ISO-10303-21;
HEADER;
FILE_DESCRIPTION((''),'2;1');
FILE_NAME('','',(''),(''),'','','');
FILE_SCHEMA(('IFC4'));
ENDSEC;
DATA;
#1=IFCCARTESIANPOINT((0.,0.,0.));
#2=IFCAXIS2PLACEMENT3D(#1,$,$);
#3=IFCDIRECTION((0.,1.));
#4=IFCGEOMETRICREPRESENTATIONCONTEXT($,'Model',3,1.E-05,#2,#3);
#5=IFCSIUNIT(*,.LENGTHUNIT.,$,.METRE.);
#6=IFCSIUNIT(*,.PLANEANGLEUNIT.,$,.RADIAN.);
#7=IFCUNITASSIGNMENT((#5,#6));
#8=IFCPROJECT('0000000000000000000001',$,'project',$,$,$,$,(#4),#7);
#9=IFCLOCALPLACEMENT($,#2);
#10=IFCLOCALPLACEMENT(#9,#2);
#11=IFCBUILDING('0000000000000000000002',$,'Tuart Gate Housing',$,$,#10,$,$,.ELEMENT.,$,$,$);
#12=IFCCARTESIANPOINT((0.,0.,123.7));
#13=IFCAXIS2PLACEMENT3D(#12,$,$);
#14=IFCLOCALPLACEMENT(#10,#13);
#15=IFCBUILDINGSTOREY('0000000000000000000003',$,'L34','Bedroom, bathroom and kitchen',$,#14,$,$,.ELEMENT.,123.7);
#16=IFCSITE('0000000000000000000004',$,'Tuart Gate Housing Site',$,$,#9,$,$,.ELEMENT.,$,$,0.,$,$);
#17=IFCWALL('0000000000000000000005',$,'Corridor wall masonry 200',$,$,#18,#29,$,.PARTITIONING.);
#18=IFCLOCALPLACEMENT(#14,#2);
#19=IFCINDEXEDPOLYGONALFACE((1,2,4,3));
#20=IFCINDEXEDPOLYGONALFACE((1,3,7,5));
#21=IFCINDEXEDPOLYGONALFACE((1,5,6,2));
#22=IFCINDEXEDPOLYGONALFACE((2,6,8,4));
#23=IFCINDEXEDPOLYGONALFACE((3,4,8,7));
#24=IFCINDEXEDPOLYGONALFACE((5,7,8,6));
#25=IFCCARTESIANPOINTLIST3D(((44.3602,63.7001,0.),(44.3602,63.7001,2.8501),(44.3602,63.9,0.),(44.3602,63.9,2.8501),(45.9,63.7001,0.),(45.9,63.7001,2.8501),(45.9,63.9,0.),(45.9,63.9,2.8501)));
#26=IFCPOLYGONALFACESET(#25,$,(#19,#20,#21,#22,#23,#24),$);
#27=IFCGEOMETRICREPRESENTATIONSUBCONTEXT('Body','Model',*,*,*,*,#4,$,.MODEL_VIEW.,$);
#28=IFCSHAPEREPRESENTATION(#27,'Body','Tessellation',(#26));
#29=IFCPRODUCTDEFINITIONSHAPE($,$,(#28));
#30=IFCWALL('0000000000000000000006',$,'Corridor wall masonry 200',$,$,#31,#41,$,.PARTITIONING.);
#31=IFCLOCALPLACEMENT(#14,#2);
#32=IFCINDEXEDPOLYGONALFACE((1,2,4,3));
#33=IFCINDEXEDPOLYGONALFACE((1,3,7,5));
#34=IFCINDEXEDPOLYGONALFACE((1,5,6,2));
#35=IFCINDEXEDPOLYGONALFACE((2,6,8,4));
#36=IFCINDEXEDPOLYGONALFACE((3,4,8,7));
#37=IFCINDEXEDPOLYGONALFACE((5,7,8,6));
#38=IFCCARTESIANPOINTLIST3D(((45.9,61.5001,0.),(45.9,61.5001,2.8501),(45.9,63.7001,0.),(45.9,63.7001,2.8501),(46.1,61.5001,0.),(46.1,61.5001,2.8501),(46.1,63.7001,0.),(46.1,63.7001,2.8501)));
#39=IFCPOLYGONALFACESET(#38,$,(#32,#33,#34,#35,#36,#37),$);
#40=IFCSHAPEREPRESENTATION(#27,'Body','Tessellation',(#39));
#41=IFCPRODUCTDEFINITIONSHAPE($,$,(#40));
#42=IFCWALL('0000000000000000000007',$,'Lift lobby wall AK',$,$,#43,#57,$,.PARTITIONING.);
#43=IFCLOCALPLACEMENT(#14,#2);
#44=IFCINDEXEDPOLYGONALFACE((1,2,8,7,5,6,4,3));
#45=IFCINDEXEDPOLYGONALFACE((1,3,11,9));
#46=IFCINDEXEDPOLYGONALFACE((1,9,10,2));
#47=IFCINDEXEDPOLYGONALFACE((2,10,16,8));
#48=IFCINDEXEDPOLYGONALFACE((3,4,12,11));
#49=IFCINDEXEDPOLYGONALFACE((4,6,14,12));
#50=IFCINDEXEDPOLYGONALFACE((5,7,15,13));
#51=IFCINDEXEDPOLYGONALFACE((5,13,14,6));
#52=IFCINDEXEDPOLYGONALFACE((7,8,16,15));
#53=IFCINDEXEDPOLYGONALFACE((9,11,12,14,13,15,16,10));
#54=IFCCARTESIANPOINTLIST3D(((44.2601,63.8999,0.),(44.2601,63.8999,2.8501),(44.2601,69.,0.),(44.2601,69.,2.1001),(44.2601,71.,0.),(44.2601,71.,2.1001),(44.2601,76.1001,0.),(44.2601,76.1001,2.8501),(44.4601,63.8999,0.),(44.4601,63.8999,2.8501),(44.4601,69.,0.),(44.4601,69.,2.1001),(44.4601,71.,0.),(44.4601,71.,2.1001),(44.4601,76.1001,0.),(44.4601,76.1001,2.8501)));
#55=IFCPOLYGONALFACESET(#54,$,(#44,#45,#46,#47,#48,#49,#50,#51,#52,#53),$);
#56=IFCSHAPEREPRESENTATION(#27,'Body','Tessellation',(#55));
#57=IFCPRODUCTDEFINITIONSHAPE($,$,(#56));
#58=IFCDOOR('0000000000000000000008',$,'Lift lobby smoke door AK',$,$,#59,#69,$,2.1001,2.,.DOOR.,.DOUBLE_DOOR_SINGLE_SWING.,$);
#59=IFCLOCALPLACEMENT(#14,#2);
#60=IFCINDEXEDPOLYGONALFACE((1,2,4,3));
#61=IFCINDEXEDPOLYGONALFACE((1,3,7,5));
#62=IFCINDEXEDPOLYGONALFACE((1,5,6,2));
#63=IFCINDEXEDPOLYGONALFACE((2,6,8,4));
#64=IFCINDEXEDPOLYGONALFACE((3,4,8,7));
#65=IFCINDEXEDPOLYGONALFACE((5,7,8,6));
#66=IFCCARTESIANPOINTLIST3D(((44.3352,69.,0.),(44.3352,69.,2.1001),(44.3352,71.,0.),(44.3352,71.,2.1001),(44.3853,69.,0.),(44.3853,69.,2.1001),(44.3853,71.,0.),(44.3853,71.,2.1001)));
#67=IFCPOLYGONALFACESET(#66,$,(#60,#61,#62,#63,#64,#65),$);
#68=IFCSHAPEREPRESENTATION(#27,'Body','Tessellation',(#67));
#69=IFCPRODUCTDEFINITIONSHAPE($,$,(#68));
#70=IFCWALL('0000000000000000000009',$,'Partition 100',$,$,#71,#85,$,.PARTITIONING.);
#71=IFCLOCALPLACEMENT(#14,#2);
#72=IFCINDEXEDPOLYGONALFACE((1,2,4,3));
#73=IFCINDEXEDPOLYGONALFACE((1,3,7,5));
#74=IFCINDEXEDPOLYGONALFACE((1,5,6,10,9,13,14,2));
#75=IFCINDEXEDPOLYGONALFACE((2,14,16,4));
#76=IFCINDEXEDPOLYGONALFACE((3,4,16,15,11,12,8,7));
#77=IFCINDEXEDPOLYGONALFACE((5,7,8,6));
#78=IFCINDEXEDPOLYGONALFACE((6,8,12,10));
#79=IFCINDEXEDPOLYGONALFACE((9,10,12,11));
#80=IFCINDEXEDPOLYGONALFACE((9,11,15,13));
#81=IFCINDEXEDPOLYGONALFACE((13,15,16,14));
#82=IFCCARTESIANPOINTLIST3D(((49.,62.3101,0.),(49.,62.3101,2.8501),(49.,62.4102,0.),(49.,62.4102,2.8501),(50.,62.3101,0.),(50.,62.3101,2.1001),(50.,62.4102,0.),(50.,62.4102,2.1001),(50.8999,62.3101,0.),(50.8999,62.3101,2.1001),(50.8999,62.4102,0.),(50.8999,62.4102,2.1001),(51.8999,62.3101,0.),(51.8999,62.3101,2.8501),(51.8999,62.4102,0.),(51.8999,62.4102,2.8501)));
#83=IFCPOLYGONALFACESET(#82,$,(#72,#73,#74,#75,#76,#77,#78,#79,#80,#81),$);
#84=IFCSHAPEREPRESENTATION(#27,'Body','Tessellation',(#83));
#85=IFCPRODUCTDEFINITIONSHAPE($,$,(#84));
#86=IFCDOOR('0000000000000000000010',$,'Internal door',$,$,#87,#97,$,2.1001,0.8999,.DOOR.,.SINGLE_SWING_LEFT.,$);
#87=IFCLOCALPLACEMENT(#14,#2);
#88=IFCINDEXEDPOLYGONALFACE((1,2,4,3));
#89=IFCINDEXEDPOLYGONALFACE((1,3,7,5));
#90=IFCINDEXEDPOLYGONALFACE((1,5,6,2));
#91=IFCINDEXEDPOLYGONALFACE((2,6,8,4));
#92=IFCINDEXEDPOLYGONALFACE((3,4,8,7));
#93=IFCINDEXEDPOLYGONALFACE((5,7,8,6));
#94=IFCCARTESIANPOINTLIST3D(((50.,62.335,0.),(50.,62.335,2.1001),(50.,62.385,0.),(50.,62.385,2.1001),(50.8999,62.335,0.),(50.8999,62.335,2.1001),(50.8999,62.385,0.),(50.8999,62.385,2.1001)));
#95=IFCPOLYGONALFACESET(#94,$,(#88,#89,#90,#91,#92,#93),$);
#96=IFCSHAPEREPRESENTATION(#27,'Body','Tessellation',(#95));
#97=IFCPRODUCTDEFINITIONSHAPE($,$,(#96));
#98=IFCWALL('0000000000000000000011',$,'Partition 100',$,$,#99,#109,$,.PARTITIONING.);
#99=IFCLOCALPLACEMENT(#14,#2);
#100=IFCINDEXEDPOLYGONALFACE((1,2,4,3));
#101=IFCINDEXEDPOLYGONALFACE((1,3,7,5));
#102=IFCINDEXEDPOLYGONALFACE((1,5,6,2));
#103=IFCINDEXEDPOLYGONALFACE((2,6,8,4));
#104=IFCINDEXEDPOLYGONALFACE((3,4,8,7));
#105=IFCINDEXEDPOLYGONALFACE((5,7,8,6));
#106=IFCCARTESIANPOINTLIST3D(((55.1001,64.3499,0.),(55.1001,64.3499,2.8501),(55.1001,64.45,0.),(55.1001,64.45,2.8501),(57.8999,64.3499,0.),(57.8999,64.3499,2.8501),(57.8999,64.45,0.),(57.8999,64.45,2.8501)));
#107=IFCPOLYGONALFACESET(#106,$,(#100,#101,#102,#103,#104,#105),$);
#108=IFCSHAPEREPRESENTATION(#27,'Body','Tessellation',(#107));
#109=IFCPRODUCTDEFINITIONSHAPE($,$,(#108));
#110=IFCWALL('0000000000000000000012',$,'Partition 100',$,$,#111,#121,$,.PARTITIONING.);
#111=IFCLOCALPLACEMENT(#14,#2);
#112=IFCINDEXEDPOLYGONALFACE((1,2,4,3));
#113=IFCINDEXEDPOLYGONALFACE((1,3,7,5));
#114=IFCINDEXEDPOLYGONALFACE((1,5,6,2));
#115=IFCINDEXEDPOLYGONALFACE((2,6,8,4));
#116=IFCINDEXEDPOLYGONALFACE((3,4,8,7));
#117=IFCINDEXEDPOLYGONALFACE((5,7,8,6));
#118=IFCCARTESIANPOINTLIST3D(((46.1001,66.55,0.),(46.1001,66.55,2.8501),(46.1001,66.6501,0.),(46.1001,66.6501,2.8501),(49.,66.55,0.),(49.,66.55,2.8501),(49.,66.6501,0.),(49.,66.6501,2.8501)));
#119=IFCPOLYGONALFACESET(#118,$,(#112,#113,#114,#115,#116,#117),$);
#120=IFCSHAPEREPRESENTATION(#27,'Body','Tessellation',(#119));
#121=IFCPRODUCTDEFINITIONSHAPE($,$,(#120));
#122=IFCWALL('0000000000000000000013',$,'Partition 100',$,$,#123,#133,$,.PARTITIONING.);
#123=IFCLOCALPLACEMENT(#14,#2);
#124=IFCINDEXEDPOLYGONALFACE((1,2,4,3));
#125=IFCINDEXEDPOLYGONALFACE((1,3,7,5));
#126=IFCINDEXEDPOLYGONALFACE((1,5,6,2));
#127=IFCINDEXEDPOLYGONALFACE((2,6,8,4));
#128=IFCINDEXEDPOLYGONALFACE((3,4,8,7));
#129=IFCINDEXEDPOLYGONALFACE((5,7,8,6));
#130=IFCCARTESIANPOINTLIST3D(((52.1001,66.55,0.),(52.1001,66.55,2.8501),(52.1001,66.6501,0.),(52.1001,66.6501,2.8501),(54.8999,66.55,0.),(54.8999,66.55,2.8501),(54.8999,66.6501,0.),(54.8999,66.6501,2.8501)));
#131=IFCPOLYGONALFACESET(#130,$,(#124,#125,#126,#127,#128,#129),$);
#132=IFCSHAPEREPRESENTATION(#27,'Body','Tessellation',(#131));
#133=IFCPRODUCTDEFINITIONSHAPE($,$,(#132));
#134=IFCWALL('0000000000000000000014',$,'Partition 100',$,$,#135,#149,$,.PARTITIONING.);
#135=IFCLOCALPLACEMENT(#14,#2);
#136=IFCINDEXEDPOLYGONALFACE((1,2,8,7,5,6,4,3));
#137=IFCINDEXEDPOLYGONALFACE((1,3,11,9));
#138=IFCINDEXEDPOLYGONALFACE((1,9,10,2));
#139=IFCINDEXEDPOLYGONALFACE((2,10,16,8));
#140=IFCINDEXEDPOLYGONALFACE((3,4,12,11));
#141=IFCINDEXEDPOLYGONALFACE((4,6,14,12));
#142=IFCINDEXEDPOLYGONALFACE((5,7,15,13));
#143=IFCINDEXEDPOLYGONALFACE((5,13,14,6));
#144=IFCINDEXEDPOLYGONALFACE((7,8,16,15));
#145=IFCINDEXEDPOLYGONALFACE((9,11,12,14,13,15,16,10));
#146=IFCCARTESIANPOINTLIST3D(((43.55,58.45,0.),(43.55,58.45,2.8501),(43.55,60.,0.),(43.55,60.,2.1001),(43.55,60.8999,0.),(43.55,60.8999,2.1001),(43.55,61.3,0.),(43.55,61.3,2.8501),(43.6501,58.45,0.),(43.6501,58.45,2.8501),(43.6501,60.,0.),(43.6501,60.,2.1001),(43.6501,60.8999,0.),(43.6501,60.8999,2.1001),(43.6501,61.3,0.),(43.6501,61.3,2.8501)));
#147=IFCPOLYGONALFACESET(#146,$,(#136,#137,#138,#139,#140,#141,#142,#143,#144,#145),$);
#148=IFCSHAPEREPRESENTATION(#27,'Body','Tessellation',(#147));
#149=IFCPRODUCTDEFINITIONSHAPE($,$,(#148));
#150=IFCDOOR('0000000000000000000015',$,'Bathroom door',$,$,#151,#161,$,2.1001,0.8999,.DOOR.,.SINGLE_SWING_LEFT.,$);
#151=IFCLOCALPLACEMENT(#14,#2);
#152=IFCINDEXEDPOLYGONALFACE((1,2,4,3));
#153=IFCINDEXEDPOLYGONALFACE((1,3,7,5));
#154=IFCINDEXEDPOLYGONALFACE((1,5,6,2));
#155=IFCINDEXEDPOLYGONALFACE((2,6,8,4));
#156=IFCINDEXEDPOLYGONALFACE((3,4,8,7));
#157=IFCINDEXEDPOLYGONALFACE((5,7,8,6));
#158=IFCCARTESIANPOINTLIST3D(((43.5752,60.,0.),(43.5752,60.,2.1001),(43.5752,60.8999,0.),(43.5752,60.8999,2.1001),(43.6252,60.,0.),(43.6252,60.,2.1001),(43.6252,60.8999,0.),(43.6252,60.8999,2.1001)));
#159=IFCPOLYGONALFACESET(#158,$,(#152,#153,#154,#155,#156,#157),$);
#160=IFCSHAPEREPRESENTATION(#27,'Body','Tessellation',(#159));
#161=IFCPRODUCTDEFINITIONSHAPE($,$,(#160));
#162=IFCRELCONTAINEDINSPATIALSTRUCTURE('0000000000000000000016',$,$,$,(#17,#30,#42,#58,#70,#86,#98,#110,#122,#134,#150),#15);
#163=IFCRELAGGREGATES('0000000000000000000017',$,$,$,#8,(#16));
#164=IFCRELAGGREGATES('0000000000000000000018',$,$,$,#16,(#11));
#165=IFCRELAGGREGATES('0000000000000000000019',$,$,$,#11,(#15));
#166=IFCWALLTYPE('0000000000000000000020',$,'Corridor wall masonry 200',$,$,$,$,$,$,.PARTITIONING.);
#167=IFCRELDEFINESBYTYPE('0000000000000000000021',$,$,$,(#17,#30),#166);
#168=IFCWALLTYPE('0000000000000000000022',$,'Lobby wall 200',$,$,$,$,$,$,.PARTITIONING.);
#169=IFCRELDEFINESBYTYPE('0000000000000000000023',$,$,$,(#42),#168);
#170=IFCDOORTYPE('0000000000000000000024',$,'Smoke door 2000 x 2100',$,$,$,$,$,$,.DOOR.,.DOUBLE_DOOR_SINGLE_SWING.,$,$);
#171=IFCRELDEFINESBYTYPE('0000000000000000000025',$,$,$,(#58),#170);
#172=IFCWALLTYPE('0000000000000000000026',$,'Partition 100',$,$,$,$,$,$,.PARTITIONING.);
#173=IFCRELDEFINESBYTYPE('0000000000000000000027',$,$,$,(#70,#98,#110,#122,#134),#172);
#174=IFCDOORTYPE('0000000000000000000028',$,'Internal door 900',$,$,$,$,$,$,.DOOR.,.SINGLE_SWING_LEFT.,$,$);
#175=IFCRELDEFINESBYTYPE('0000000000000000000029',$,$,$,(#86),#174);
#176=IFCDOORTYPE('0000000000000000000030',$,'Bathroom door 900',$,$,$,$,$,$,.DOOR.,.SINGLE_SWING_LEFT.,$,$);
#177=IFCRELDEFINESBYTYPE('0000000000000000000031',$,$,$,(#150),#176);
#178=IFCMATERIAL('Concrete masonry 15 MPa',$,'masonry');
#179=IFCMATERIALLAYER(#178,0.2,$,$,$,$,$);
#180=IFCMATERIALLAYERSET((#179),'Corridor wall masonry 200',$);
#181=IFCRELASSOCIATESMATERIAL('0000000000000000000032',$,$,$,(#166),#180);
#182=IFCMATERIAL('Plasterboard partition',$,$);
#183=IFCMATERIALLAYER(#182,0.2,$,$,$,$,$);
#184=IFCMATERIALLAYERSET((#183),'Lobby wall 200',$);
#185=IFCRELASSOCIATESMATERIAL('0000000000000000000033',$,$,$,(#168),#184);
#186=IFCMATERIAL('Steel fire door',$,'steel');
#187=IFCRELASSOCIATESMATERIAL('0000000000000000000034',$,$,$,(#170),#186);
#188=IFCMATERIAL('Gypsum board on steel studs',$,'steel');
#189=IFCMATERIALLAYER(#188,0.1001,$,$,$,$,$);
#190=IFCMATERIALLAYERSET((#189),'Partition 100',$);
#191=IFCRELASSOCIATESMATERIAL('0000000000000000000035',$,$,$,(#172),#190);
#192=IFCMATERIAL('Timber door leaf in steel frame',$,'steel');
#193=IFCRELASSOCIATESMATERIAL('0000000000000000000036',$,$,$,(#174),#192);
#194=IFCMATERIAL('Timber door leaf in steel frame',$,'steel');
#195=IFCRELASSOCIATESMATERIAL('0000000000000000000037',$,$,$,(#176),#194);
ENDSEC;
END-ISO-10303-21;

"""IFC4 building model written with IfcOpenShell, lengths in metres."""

from ifc_helpers import new_model, si_unit, direction, frame, frame_2d, origin, place, context, subcontext, project, spatial, rectangle, extrude, material, layer, layer_set, type_object, element, fill, save


model = new_model("IFC4")

# Units and contexts
model_context = context("Model", 3, precision=1e-05, world=origin(), true_north=direction((0.0, 1.0)))
body_context = subcontext(model_context, "Body", "Model", "MODEL_VIEW")
ifc_project = project(units=[si_unit("LENGTHUNIT", "METRE"), si_unit("PLANEANGLEUNIT", "RADIAN")], contexts=[model_context])

# Site, building, storey
site_placement = place(None, origin())
site = spatial("IfcSite", under=ifc_project, at=site_placement, Name="Tuart Gate Housing Site", CompositionType="ELEMENT", RefElevation=0.0)
building_placement = place(site_placement, origin())
building = spatial("IfcBuilding", under=site, at=building_placement, Name="Tuart Gate Housing", CompositionType="ELEMENT")
storey_placement = place(building_placement, frame((0.0, 0.0, 123.7)))
storey = spatial("IfcBuildingStorey", under=building, at=storey_placement, Name="L34", Description="Bedroom, bathroom and kitchen", CompositionType="ELEMENT", Elevation=123.7)

# Walls
ifc_material_1 = material(Name="Concrete masonry 15 MPa", Category="masonry")
ifc_layer_1 = layer(ifc_material_1, 0.2)
ifc_layer_set_1 = layer_set([ifc_layer_1], Name="Corridor wall masonry 200")
wall_type_1 = type_object("IfcWallType", Name="Corridor wall masonry 200", PredefinedType="PARTITIONING", material=ifc_layer_set_1)
wall_1_placement = place(storey_placement, frame((44.3601, 63.8, 0.0), z_axis=(0.0, 0.0, 1.0), x_axis=(1.0, 0.0, 0.0)))
element("IfcWall", 1, at=wall_1_placement, inside=storey, type_object=wall_type_1, Name="Corridor wall masonry 200", PredefinedType="PARTITIONING", context=body_context, shape_type="SweptSolid", body=[
    extrude(rectangle(XDim=1.5398, YDim=0.2, at=frame_2d((0.77, 0.0))), origin(), (0.0, 0.0, 1.0), 2.8501),
])
wall_2_placement = place(storey_placement, frame((46.0, 61.5, 0.0), z_axis=(0.0, 0.0, 1.0), x_axis=(0.0, 1.0, 0.0)))
element("IfcWall", 2, at=wall_2_placement, inside=storey, type_object=wall_type_1, Name="Corridor wall masonry 200", PredefinedType="PARTITIONING", context=body_context, shape_type="SweptSolid", body=[
    extrude(rectangle(XDim=2.2, YDim=0.2, at=frame_2d((1.1001, 0.0))), origin(), (0.0, 0.0, 1.0), 2.8501),
])

# Walls, openings, doors
ifc_material_2 = material(Name="Plasterboard partition")
ifc_layer_2 = layer(ifc_material_2, 0.2)
ifc_layer_set_2 = layer_set([ifc_layer_2], Name="Lobby wall 200")
wall_type_2 = type_object("IfcWallType", Name="Lobby wall 200", PredefinedType="PARTITIONING", material=ifc_layer_set_2)
wall_3_placement = place(storey_placement, frame((44.3601, 63.8999, 0.0), z_axis=(0.0, 0.0, 1.0), x_axis=(0.0, 1.0, 0.0)))
wall_3 = element("IfcWall", 3, at=wall_3_placement, inside=storey, type_object=wall_type_2, Name="Lift lobby wall AK", PredefinedType="PARTITIONING", context=body_context, shape_type="SweptSolid", body=[
    extrude(rectangle(XDim=12.2002, YDim=0.2, at=frame_2d((6.1001, 0.0))), origin(), (0.0, 0.0, 1.0), 2.8501),
])
opening_1_placement = place(wall_3_placement, frame((5.1001, 0.0, 0.0)))
opening_1 = element("IfcOpeningElement", 4, at=opening_1_placement, cuts=wall_3, PredefinedType="OPENING", context=body_context, shape_type="SweptSolid", body=[
    extrude(rectangle(XDim=2.0, YDim=2.1001, at=frame_2d((1.0, 1.05))), frame((0.0, 0.1099, 0.0), z_axis=(0.0, -1.0, 0.0), x_axis=(1.0, 0.0, 0.0)), (0.0, 0.0, 1.0), 0.22),
])
ifc_material_3 = material(Name="Steel fire door", Category="steel")
door_type_1 = type_object("IfcDoorType", Name="Smoke door 2000 x 2100", OperationType="DOUBLE_DOOR_SINGLE_SWING", PredefinedType="DOOR", material=ifc_material_3)
door_1_placement = place(opening_1_placement, origin())
door_1 = element("IfcDoor", 5, at=door_1_placement, inside=storey, type_object=door_type_1, Name="Lift lobby smoke door AK", OperationType="DOUBLE_DOOR_SINGLE_SWING", OverallHeight=2.1001, OverallWidth=2.0, PredefinedType="DOOR", context=body_context, shape_type="SweptSolid", body=[
    extrude(rectangle(XDim=2.0, YDim=2.1001, at=frame_2d((1.0, 1.05))), frame((0.0, 0.0249, 0.0), z_axis=(0.0, -1.0, 0.0), x_axis=(1.0, 0.0, 0.0)), (0.0, 0.0, 1.0), 0.05),
])
fill(opening_1, door_1)
ifc_material_4 = material(Name="Gypsum board on steel studs", Category="steel")
ifc_layer_3 = layer(ifc_material_4, 0.1001)
ifc_layer_set_3 = layer_set([ifc_layer_3], Name="Partition 100")
wall_type_3 = type_object("IfcWallType", Name="Partition 100", PredefinedType="PARTITIONING", material=ifc_layer_set_3)
wall_4_placement = place(storey_placement, frame((49.0, 62.3601, 0.0), z_axis=(0.0, 0.0, 1.0), x_axis=(1.0, 0.0, 0.0)))
wall_4 = element("IfcWall", 6, at=wall_4_placement, inside=storey, type_object=wall_type_3, Name="Partition 100", PredefinedType="PARTITIONING", context=body_context, shape_type="SweptSolid", body=[
    extrude(rectangle(XDim=2.8999, YDim=0.1001, at=frame_2d((1.45, 0.0))), origin(), (0.0, 0.0, 1.0), 2.8501),
])
opening_2_placement = place(wall_4_placement, frame((1.0, 0.0, 0.0)))
opening_2 = element("IfcOpeningElement", 7, at=opening_2_placement, cuts=wall_4, PredefinedType="OPENING", context=body_context, shape_type="SweptSolid", body=[
    extrude(rectangle(XDim=0.8999, YDim=2.1001, at=frame_2d((0.45, 1.05))), frame((0.0, 0.0601, 0.0), z_axis=(0.0, -1.0, 0.0), x_axis=(1.0, 0.0, 0.0)), (0.0, 0.0, 1.0), 0.1201),
])
ifc_material_5 = material(Name="Timber door leaf in steel frame", Category="steel")
door_type_2 = type_object("IfcDoorType", Name="Internal door 900", OperationType="SINGLE_SWING_LEFT", PredefinedType="DOOR", material=ifc_material_5)
door_2_placement = place(opening_2_placement, origin())
door_2 = element("IfcDoor", 8, at=door_2_placement, inside=storey, type_object=door_type_2, Name="Internal door", OperationType="SINGLE_SWING_LEFT", OverallHeight=2.1001, OverallWidth=0.8999, PredefinedType="DOOR", context=body_context, shape_type="SweptSolid", body=[
    extrude(rectangle(XDim=0.8999, YDim=2.1001, at=frame_2d((0.45, 1.05))), frame((0.0, 0.0249, 0.0), z_axis=(0.0, -1.0, 0.0), x_axis=(1.0, 0.0, 0.0)), (0.0, 0.0, 1.0), 0.05),
])
fill(opening_2, door_2)

# Walls
wall_5_placement = place(storey_placement, frame((55.1001, 64.3999, 0.0), z_axis=(0.0, 0.0, 1.0), x_axis=(1.0, 0.0, 0.0)))
element("IfcWall", 9, at=wall_5_placement, inside=storey, type_object=wall_type_3, Name="Partition 100", PredefinedType="PARTITIONING", context=body_context, shape_type="SweptSolid", body=[
    extrude(rectangle(XDim=2.7998, YDim=0.1001, at=frame_2d((1.3999, 0.0))), origin(), (0.0, 0.0, 1.0), 2.8501),
])
wall_6_placement = place(storey_placement, frame((46.1001, 66.6001, 0.0), z_axis=(0.0, 0.0, 1.0), x_axis=(1.0, 0.0, 0.0)))
element("IfcWall", 10, at=wall_6_placement, inside=storey, type_object=wall_type_3, Name="Partition 100", PredefinedType="PARTITIONING", context=body_context, shape_type="SweptSolid", body=[
    extrude(rectangle(XDim=2.8999, YDim=0.1001, at=frame_2d((1.45, 0.0))), origin(), (0.0, 0.0, 1.0), 2.8501),
])
wall_7_placement = place(storey_placement, frame((52.1001, 66.6001, 0.0), z_axis=(0.0, 0.0, 1.0), x_axis=(1.0, 0.0, 0.0)))
element("IfcWall", 11, at=wall_7_placement, inside=storey, type_object=wall_type_3, Name="Partition 100", PredefinedType="PARTITIONING", context=body_context, shape_type="SweptSolid", body=[
    extrude(rectangle(XDim=2.7998, YDim=0.1001, at=frame_2d((1.3999, 0.0))), origin(), (0.0, 0.0, 1.0), 2.8501),
])

# Wall, opening, door
wall_8_placement = place(storey_placement, frame((43.6001, 58.45, 0.0), z_axis=(0.0, 0.0, 1.0), x_axis=(0.0, 1.0, 0.0)))
wall_8 = element("IfcWall", 12, at=wall_8_placement, inside=storey, type_object=wall_type_3, Name="Partition 100", PredefinedType="PARTITIONING", context=body_context, shape_type="SweptSolid", body=[
    extrude(rectangle(XDim=2.8501, YDim=0.1001, at=frame_2d((1.425, 0.0))), origin(), (0.0, 0.0, 1.0), 2.8501),
])
opening_3_placement = place(wall_8_placement, frame((1.55, 0.0, 0.0)))
opening_3 = element("IfcOpeningElement", 13, at=opening_3_placement, cuts=wall_8, PredefinedType="OPENING", context=body_context, shape_type="SweptSolid", body=[
    extrude(rectangle(XDim=0.8999, YDim=2.1001, at=frame_2d((0.45, 1.05))), frame((0.0, 0.0601, 0.0), z_axis=(0.0, -1.0, 0.0), x_axis=(1.0, 0.0, 0.0)), (0.0, 0.0, 1.0), 0.1201),
])
ifc_material_6 = material(Name="Timber door leaf in steel frame", Category="steel")
door_type_3 = type_object("IfcDoorType", Name="Bathroom door 900", OperationType="SINGLE_SWING_LEFT", PredefinedType="DOOR", material=ifc_material_6)
door_3_placement = place(opening_3_placement, frame((0.8999, 0.0, 0.0), z_axis=(0.0, 0.0, 1.0), x_axis=(-1.0, 0.0, 0.0)))
door_3 = element("IfcDoor", 14, at=door_3_placement, inside=storey, type_object=door_type_3, Name="Bathroom door", OperationType="SINGLE_SWING_LEFT", OverallHeight=2.1001, OverallWidth=0.8999, PredefinedType="DOOR", context=body_context, shape_type="SweptSolid", body=[
    extrude(rectangle(XDim=0.8999, YDim=2.1001, at=frame_2d((0.45, 1.05))), frame((0.0, 0.0251, 0.0), z_axis=(0.0, -1.0, 0.0), x_axis=(1.0, 0.0, 0.0)), (0.0, 0.0, 1.0), 0.05),
])
fill(opening_3, door_3)

save(model, "model.ifc")
